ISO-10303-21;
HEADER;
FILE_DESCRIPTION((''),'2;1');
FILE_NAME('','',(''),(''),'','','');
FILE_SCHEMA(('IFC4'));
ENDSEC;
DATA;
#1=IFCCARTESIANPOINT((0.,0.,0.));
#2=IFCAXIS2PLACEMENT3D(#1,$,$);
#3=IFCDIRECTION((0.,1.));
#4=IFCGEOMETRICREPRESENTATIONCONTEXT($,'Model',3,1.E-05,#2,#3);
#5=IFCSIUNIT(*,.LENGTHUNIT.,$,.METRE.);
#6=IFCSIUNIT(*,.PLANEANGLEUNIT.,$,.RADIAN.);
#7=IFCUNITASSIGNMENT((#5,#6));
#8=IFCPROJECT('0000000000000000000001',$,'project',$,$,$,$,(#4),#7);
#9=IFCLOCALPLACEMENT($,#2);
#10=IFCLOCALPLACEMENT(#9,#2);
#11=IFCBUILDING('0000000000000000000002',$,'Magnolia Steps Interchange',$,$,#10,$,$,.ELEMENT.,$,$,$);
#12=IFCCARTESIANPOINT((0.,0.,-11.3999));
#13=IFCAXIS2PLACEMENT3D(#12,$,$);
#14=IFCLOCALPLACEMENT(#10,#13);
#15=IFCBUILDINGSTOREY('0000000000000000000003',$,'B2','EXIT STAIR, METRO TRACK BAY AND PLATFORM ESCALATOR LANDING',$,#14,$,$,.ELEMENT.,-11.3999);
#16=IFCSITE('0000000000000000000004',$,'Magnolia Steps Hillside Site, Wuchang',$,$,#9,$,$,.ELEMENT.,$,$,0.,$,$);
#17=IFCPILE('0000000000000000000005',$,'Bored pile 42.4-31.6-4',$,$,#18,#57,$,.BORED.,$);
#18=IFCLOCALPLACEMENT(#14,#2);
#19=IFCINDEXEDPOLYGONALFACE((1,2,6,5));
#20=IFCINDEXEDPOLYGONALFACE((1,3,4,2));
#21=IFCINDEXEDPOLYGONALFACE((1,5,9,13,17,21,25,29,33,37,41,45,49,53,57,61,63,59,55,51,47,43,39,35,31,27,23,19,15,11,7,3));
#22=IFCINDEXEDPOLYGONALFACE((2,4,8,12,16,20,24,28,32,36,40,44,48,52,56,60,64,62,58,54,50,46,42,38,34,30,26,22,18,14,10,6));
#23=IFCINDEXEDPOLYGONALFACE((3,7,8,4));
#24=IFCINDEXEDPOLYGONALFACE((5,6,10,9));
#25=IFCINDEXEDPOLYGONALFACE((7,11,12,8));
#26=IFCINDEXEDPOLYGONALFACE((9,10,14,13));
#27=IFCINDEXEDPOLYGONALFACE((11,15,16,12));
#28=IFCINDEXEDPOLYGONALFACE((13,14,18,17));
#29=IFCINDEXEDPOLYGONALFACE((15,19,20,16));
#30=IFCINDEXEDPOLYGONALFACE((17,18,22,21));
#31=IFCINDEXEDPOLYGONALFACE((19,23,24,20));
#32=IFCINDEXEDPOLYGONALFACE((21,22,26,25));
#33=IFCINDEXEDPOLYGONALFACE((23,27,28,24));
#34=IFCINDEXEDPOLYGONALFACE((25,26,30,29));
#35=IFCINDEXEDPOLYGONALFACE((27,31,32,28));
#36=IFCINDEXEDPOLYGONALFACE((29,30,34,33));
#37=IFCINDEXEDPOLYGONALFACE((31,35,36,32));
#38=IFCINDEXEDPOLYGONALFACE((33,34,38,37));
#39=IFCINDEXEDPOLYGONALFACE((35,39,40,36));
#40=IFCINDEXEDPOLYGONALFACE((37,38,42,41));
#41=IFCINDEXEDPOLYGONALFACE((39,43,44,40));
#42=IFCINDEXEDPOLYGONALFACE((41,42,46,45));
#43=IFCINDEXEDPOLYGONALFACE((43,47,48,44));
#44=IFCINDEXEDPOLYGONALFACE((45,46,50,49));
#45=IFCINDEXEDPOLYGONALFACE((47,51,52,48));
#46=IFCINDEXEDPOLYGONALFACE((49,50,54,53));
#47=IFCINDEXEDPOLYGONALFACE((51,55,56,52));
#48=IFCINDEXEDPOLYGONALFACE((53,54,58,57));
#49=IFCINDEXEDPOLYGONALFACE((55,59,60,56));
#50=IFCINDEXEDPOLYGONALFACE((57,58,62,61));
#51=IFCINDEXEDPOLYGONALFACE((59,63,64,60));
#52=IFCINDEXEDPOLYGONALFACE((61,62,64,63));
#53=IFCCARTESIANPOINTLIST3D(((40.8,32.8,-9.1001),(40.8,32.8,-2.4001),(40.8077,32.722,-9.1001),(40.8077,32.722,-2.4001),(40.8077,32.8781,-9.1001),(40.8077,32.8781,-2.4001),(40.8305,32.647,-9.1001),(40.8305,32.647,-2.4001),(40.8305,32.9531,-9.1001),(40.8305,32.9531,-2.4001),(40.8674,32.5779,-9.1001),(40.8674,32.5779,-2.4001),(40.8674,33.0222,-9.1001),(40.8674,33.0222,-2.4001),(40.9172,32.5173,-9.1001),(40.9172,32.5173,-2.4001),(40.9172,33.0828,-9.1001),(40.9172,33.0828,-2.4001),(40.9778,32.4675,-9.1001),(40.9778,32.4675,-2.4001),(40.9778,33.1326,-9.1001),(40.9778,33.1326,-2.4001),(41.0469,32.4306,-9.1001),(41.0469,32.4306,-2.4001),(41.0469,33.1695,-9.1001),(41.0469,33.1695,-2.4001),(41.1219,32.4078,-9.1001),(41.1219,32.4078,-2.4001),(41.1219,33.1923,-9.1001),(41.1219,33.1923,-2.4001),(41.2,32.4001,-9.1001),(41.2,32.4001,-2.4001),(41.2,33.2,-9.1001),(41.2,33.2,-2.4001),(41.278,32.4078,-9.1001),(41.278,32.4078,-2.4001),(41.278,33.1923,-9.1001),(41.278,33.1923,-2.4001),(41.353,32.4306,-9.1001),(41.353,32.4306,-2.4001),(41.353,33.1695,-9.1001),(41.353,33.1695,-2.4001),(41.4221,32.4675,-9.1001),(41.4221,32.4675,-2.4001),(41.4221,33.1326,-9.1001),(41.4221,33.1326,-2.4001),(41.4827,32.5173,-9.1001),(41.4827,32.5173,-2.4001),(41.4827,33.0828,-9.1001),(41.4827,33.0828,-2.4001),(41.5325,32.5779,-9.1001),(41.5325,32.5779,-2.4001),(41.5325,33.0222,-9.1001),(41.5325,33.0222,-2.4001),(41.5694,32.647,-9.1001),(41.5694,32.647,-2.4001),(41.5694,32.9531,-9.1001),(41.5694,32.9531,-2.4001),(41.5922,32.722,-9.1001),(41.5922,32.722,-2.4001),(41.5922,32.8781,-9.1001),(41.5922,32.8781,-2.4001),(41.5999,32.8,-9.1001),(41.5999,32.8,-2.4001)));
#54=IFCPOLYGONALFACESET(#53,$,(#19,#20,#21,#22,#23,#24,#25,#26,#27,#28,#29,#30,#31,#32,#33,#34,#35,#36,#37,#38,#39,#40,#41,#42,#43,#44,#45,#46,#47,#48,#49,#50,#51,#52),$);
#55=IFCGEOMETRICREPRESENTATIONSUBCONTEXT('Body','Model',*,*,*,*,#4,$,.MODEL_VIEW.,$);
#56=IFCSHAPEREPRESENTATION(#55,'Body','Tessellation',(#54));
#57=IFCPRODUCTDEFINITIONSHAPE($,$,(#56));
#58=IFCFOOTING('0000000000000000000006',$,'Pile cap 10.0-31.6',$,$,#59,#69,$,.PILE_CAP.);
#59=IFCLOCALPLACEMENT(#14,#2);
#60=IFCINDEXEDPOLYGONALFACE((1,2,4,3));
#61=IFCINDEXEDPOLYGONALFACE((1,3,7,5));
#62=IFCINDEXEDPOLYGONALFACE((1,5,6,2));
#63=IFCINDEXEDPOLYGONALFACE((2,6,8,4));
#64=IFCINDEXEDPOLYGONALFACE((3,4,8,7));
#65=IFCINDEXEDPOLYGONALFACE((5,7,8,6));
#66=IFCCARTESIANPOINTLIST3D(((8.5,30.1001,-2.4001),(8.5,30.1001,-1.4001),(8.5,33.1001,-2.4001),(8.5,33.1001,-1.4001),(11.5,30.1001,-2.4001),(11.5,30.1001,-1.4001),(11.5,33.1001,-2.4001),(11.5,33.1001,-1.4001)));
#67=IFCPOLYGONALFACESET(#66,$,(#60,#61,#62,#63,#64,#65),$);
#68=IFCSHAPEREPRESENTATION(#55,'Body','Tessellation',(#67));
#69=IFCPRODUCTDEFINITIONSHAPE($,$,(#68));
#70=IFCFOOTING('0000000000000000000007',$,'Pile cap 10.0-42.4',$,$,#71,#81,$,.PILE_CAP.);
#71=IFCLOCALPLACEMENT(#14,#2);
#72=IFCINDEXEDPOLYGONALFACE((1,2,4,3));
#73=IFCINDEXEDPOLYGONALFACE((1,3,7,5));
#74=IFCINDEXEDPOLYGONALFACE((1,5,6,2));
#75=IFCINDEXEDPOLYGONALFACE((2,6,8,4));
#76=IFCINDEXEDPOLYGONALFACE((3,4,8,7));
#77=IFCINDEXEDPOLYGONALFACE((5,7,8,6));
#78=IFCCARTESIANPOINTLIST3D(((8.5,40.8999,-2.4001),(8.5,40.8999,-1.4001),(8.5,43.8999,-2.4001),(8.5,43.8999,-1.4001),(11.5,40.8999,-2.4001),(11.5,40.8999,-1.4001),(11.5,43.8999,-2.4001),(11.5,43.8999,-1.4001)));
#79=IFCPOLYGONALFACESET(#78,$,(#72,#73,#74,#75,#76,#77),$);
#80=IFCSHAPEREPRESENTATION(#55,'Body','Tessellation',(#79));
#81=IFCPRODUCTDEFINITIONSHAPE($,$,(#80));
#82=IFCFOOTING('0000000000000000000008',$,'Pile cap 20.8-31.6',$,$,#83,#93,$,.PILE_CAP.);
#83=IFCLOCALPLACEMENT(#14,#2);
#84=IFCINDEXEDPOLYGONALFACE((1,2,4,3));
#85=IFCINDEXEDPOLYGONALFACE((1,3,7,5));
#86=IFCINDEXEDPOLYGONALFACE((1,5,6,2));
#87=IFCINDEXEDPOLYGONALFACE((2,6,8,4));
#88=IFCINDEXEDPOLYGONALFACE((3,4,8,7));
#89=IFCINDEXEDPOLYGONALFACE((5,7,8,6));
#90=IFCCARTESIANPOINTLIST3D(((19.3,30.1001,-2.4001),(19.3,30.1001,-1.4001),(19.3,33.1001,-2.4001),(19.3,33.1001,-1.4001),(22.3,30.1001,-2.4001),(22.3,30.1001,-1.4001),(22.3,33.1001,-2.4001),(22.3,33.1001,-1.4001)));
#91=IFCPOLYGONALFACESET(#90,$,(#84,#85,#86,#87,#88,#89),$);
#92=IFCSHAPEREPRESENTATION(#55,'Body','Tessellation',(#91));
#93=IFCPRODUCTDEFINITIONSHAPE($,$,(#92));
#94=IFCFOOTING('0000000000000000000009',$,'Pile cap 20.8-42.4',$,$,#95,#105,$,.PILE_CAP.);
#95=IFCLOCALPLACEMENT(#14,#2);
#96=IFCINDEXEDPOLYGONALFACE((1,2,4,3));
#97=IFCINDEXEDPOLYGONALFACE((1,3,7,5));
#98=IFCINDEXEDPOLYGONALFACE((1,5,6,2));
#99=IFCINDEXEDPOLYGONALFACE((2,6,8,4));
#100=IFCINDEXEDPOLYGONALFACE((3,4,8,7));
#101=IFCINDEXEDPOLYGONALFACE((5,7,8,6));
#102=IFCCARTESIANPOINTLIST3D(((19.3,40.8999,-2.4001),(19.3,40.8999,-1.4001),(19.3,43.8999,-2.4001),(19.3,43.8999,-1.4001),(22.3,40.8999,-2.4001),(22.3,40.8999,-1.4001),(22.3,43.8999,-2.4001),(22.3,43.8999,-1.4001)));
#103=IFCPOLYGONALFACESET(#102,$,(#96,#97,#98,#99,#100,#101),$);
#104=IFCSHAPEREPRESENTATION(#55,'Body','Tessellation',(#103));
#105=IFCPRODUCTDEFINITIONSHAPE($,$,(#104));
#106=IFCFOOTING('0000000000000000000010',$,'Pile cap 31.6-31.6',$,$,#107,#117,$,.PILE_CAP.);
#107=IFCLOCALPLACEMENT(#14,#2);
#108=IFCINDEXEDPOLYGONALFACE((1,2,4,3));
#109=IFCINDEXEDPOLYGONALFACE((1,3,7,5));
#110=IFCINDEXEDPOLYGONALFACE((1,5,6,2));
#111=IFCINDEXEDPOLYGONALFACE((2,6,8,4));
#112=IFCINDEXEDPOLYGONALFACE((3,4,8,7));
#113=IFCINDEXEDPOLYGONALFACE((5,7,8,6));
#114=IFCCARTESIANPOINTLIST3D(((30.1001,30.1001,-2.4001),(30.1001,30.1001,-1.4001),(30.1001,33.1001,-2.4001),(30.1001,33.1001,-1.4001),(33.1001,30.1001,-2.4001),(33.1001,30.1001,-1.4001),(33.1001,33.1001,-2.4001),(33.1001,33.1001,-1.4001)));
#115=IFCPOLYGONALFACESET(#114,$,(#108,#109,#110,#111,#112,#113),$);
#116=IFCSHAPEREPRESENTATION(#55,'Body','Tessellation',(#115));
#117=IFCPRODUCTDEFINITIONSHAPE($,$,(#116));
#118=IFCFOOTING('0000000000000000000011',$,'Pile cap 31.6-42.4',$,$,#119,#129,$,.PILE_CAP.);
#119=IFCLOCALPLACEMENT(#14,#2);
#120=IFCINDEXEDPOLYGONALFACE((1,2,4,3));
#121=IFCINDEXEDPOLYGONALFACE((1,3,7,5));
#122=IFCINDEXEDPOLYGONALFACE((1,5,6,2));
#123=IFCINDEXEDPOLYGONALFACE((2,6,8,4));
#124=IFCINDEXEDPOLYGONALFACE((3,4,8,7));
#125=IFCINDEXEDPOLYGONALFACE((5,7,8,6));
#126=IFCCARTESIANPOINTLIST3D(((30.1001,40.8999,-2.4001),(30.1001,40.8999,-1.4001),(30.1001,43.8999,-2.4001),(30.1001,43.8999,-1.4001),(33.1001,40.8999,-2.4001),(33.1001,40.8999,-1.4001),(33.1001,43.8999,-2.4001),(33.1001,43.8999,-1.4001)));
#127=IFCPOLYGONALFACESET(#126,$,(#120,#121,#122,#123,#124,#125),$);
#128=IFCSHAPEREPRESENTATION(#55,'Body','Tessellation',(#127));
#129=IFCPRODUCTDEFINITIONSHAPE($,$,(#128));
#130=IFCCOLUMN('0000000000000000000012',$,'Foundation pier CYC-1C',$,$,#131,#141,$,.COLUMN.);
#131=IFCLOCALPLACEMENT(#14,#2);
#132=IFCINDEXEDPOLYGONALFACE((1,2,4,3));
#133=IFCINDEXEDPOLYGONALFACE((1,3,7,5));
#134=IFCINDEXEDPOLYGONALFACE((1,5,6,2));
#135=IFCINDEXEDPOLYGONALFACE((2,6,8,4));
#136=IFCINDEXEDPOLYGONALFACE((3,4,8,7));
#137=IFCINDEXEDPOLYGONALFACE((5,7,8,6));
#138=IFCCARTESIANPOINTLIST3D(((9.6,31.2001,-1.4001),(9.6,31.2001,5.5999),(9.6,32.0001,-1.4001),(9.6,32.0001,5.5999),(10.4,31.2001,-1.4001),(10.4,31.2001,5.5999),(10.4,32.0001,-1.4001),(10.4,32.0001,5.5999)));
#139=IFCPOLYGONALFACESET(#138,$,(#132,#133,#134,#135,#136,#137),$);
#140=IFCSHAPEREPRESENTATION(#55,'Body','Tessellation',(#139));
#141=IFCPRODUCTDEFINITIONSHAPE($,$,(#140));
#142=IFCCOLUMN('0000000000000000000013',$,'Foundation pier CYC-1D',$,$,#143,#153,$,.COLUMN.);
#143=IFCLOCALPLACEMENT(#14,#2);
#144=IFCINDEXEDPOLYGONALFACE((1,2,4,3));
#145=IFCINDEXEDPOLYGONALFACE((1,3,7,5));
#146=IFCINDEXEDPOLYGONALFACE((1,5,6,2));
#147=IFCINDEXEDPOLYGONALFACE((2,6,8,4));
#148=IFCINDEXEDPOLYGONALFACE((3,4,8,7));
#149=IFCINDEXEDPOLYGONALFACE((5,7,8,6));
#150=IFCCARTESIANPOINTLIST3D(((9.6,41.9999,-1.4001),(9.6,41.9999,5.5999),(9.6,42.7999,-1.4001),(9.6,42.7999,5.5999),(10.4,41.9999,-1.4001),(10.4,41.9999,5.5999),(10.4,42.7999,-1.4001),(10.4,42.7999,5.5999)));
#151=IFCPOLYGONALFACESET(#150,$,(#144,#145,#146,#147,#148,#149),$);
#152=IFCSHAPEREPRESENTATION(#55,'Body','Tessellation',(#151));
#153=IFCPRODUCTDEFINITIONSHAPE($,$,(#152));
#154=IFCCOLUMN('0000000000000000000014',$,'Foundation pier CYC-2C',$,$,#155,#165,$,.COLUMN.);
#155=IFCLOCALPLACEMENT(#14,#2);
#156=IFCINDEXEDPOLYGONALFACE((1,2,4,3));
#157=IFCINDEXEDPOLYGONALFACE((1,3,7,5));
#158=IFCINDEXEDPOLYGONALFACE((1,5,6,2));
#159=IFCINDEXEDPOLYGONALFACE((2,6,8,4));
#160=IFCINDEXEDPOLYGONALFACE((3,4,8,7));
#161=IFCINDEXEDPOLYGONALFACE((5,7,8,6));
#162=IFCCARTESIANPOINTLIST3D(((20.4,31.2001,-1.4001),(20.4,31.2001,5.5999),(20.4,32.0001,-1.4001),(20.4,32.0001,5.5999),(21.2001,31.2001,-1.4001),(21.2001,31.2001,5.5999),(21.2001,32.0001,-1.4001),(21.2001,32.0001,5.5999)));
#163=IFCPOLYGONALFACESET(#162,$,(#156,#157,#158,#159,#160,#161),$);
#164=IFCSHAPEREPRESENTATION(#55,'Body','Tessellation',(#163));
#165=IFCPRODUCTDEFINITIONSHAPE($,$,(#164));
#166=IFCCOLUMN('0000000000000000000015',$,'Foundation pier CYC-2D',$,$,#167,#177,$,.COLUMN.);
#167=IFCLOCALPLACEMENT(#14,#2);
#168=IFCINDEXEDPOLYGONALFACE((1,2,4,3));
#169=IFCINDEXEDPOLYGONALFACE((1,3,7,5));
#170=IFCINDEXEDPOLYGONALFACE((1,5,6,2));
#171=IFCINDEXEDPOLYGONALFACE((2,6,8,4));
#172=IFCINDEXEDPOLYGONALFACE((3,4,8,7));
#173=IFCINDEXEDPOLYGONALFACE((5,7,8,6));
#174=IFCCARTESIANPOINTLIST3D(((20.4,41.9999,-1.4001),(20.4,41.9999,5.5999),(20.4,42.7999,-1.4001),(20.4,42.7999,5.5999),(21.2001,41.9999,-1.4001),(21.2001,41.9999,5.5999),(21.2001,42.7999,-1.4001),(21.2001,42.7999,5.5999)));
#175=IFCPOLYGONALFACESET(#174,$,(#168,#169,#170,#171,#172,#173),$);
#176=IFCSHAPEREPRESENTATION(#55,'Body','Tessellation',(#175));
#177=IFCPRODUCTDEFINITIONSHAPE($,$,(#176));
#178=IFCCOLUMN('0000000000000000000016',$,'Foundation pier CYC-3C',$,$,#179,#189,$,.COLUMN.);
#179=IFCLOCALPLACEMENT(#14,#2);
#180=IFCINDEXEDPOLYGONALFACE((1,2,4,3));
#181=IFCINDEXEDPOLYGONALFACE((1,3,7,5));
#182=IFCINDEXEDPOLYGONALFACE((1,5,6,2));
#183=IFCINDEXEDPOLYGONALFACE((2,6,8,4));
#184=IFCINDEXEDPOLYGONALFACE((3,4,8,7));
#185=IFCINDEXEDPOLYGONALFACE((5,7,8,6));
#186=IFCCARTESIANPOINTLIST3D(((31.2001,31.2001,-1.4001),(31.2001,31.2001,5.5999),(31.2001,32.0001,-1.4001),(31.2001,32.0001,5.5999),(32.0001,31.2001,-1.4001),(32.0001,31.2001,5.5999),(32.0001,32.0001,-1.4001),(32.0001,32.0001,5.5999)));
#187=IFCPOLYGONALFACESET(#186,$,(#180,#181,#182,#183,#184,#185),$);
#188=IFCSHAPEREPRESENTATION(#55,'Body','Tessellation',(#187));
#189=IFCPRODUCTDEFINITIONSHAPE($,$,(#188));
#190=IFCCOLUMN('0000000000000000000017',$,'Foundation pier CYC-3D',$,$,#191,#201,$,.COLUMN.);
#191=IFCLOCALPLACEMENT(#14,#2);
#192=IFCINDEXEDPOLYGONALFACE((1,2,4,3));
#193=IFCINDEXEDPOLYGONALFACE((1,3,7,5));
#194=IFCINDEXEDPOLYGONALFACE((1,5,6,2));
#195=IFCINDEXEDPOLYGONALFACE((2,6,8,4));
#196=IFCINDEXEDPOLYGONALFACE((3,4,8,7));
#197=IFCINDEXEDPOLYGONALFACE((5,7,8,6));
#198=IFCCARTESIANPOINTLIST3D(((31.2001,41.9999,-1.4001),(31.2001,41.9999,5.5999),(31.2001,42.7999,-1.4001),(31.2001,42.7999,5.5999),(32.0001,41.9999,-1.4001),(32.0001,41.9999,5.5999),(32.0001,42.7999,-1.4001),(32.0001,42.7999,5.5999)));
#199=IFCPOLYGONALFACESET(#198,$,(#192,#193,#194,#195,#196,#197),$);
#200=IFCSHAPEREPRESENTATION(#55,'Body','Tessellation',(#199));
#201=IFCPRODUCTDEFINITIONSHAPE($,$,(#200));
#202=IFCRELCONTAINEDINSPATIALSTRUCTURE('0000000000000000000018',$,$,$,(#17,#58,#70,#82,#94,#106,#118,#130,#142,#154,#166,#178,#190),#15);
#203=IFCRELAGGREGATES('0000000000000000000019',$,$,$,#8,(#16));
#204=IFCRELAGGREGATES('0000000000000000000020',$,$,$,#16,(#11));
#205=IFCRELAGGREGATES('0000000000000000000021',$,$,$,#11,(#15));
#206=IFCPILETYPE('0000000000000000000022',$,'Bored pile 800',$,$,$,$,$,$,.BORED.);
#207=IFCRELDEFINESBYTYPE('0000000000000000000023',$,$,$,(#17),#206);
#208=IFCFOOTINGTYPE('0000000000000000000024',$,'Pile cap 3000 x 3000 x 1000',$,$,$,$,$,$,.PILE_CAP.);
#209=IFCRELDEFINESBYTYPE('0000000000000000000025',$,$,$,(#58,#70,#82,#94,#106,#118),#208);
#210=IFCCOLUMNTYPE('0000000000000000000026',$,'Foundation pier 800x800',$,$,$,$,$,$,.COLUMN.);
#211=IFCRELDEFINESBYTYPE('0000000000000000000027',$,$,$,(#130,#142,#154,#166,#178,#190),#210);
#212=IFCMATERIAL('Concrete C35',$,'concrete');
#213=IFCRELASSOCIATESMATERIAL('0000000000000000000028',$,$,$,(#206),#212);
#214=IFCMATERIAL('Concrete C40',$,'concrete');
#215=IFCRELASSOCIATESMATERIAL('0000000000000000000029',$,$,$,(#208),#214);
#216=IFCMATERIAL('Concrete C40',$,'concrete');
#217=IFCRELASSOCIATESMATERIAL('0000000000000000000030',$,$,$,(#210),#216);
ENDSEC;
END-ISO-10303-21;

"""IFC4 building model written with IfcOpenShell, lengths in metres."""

from ifc_helpers import new_model, si_unit, direction, frame, origin, origin_2d, place, context, subcontext, project, spatial, rectangle, circle, extrude, material, material_profile, profile_set, type_object, element, save


model = new_model("IFC4")

# Units and contexts
model_context = context("Model", 3, precision=1e-05, world=origin(), true_north=direction((0.0, 1.0)))
body_context = subcontext(model_context, "Body", "Model", "MODEL_VIEW")
ifc_project = project(units=[si_unit("LENGTHUNIT", "METRE"), si_unit("PLANEANGLEUNIT", "RADIAN")], contexts=[model_context])

# Site, building, storey
site_placement = place(None, origin())
site = spatial("IfcSite", under=ifc_project, at=site_placement, Name="Magnolia Steps Hillside Site, Wuchang", CompositionType="ELEMENT", RefElevation=0.0)
building_placement = place(site_placement, origin())
building = spatial("IfcBuilding", under=site, at=building_placement, Name="Magnolia Steps Interchange", CompositionType="ELEMENT")
storey_placement = place(building_placement, frame((0.0, 0.0, -11.3999)))
storey = spatial("IfcBuildingStorey", under=building, at=storey_placement, Name="B2", Description="EXIT STAIR, METRO TRACK BAY AND PLATFORM ESCALATOR LANDING", CompositionType="ELEMENT", Elevation=-11.3999)

# Pile
ifc_material_1 = material(Name="Concrete C35", Category="concrete")
ifc_material_profile_1 = material_profile(ifc_material_1, circle(Radius=0.3999, at=origin_2d()), Name="Bored pile 800")
ifc_profile_set_1 = profile_set([ifc_material_profile_1], Name="Concrete C35")
pile_type_1 = type_object("IfcPileType", Name="Bored pile 800", PredefinedType="BORED", material=ifc_profile_set_1)
for number, where, z_axis, x_axis, name in (
    (1, (41.2, 32.8, -2.4001), (0.0, 0.0, -1.0), (1.0, 0.0, 0.0), "Bored pile 42.4-31.6-4"),
):
    element("IfcPile", number, at=place(storey_placement, frame(where, z_axis=z_axis, x_axis=x_axis)), inside=storey, type_object=pile_type_1, Name=name, PredefinedType="BORED", context=body_context, shape_type="SweptSolid", body=[
        extrude(circle(Radius=0.3999, at=origin_2d()), origin(), (0.0, 0.0, 1.0), 6.7),
    ])

# Footings
ifc_material_2 = material(Name="Concrete C40", Category="concrete")
footing_type = type_object("IfcFootingType", Name="Pile cap 3000 x 3000 x 1000", PredefinedType="PILE_CAP", material=ifc_material_2)
for number, where, z_axis, x_axis, name in (
    (2, (10.0, 31.6001, -2.4001), (0.0, 0.0, 1.0), (1.0, 0.0, 0.0), "Pile cap 10.0-31.6"),
    (3, (10.0, 42.3999, -2.4001), (0.0, 0.0, 1.0), (1.0, 0.0, 0.0), "Pile cap 10.0-42.4"),
    (4, (20.8, 31.6001, -2.4001), (0.0, 0.0, 1.0), (1.0, 0.0, 0.0), "Pile cap 20.8-31.6"),
    (5, (20.8, 42.3999, -2.4001), (0.0, 0.0, 1.0), (1.0, 0.0, 0.0), "Pile cap 20.8-42.4"),
    (6, (31.6001, 31.6001, -2.4001), (0.0, 0.0, 1.0), (1.0, 0.0, 0.0), "Pile cap 31.6-31.6"),
    (7, (31.6001, 42.3999, -2.4001), (0.0, 0.0, 1.0), (1.0, 0.0, 0.0), "Pile cap 31.6-42.4"),
):
    element("IfcFooting", number, at=place(storey_placement, frame(where, z_axis=z_axis, x_axis=x_axis)), inside=storey, type_object=footing_type, Name=name, PredefinedType="PILE_CAP", context=body_context, shape_type="SweptSolid", body=[
        extrude(rectangle(XDim=3.0, YDim=3.0, at=origin_2d()), origin(), (0.0, 0.0, 1.0), 1.0),
    ])

# Columns
ifc_material_3 = material(Name="Concrete C40", Category="concrete")
ifc_material_profile_2 = material_profile(ifc_material_3, rectangle(XDim=0.8, YDim=0.8, at=origin_2d()), Name="RC800x800")
ifc_profile_set_2 = profile_set([ifc_material_profile_2], Name="Concrete C40")
column_type = type_object("IfcColumnType", Name="Foundation pier 800x800", PredefinedType="COLUMN", material=ifc_profile_set_2)
for number, where, z_axis, x_axis, name in (
    (8, (10.0, 31.6001, -1.4001), (0.0, 0.0, 1.0), (1.0, 0.0, 0.0), "Foundation pier CYC-1C"),
    (9, (10.0, 42.3999, -1.4001), (0.0, 0.0, 1.0), (1.0, 0.0, 0.0), "Foundation pier CYC-1D"),
    (10, (20.8, 31.6001, -1.4001), (0.0, 0.0, 1.0), (1.0, 0.0, 0.0), "Foundation pier CYC-2C"),
    (11, (20.8, 42.3999, -1.4001), (0.0, 0.0, 1.0), (1.0, 0.0, 0.0), "Foundation pier CYC-2D"),
    (12, (31.6001, 31.6001, -1.4001), (0.0, 0.0, 1.0), (1.0, 0.0, 0.0), "Foundation pier CYC-3C"),
    (13, (31.6001, 42.3999, -1.4001), (0.0, 0.0, 1.0), (1.0, 0.0, 0.0), "Foundation pier CYC-3D"),
):
    element("IfcColumn", number, at=place(storey_placement, frame(where, z_axis=z_axis, x_axis=x_axis)), inside=storey, type_object=column_type, Name=name, PredefinedType="COLUMN", context=body_context, shape_type="SweptSolid", body=[
        extrude(rectangle(XDim=0.8, YDim=0.8, at=origin_2d()), origin(), (0.0, 0.0, 1.0), 7.0),
    ])

save(model, "model.ifc")
